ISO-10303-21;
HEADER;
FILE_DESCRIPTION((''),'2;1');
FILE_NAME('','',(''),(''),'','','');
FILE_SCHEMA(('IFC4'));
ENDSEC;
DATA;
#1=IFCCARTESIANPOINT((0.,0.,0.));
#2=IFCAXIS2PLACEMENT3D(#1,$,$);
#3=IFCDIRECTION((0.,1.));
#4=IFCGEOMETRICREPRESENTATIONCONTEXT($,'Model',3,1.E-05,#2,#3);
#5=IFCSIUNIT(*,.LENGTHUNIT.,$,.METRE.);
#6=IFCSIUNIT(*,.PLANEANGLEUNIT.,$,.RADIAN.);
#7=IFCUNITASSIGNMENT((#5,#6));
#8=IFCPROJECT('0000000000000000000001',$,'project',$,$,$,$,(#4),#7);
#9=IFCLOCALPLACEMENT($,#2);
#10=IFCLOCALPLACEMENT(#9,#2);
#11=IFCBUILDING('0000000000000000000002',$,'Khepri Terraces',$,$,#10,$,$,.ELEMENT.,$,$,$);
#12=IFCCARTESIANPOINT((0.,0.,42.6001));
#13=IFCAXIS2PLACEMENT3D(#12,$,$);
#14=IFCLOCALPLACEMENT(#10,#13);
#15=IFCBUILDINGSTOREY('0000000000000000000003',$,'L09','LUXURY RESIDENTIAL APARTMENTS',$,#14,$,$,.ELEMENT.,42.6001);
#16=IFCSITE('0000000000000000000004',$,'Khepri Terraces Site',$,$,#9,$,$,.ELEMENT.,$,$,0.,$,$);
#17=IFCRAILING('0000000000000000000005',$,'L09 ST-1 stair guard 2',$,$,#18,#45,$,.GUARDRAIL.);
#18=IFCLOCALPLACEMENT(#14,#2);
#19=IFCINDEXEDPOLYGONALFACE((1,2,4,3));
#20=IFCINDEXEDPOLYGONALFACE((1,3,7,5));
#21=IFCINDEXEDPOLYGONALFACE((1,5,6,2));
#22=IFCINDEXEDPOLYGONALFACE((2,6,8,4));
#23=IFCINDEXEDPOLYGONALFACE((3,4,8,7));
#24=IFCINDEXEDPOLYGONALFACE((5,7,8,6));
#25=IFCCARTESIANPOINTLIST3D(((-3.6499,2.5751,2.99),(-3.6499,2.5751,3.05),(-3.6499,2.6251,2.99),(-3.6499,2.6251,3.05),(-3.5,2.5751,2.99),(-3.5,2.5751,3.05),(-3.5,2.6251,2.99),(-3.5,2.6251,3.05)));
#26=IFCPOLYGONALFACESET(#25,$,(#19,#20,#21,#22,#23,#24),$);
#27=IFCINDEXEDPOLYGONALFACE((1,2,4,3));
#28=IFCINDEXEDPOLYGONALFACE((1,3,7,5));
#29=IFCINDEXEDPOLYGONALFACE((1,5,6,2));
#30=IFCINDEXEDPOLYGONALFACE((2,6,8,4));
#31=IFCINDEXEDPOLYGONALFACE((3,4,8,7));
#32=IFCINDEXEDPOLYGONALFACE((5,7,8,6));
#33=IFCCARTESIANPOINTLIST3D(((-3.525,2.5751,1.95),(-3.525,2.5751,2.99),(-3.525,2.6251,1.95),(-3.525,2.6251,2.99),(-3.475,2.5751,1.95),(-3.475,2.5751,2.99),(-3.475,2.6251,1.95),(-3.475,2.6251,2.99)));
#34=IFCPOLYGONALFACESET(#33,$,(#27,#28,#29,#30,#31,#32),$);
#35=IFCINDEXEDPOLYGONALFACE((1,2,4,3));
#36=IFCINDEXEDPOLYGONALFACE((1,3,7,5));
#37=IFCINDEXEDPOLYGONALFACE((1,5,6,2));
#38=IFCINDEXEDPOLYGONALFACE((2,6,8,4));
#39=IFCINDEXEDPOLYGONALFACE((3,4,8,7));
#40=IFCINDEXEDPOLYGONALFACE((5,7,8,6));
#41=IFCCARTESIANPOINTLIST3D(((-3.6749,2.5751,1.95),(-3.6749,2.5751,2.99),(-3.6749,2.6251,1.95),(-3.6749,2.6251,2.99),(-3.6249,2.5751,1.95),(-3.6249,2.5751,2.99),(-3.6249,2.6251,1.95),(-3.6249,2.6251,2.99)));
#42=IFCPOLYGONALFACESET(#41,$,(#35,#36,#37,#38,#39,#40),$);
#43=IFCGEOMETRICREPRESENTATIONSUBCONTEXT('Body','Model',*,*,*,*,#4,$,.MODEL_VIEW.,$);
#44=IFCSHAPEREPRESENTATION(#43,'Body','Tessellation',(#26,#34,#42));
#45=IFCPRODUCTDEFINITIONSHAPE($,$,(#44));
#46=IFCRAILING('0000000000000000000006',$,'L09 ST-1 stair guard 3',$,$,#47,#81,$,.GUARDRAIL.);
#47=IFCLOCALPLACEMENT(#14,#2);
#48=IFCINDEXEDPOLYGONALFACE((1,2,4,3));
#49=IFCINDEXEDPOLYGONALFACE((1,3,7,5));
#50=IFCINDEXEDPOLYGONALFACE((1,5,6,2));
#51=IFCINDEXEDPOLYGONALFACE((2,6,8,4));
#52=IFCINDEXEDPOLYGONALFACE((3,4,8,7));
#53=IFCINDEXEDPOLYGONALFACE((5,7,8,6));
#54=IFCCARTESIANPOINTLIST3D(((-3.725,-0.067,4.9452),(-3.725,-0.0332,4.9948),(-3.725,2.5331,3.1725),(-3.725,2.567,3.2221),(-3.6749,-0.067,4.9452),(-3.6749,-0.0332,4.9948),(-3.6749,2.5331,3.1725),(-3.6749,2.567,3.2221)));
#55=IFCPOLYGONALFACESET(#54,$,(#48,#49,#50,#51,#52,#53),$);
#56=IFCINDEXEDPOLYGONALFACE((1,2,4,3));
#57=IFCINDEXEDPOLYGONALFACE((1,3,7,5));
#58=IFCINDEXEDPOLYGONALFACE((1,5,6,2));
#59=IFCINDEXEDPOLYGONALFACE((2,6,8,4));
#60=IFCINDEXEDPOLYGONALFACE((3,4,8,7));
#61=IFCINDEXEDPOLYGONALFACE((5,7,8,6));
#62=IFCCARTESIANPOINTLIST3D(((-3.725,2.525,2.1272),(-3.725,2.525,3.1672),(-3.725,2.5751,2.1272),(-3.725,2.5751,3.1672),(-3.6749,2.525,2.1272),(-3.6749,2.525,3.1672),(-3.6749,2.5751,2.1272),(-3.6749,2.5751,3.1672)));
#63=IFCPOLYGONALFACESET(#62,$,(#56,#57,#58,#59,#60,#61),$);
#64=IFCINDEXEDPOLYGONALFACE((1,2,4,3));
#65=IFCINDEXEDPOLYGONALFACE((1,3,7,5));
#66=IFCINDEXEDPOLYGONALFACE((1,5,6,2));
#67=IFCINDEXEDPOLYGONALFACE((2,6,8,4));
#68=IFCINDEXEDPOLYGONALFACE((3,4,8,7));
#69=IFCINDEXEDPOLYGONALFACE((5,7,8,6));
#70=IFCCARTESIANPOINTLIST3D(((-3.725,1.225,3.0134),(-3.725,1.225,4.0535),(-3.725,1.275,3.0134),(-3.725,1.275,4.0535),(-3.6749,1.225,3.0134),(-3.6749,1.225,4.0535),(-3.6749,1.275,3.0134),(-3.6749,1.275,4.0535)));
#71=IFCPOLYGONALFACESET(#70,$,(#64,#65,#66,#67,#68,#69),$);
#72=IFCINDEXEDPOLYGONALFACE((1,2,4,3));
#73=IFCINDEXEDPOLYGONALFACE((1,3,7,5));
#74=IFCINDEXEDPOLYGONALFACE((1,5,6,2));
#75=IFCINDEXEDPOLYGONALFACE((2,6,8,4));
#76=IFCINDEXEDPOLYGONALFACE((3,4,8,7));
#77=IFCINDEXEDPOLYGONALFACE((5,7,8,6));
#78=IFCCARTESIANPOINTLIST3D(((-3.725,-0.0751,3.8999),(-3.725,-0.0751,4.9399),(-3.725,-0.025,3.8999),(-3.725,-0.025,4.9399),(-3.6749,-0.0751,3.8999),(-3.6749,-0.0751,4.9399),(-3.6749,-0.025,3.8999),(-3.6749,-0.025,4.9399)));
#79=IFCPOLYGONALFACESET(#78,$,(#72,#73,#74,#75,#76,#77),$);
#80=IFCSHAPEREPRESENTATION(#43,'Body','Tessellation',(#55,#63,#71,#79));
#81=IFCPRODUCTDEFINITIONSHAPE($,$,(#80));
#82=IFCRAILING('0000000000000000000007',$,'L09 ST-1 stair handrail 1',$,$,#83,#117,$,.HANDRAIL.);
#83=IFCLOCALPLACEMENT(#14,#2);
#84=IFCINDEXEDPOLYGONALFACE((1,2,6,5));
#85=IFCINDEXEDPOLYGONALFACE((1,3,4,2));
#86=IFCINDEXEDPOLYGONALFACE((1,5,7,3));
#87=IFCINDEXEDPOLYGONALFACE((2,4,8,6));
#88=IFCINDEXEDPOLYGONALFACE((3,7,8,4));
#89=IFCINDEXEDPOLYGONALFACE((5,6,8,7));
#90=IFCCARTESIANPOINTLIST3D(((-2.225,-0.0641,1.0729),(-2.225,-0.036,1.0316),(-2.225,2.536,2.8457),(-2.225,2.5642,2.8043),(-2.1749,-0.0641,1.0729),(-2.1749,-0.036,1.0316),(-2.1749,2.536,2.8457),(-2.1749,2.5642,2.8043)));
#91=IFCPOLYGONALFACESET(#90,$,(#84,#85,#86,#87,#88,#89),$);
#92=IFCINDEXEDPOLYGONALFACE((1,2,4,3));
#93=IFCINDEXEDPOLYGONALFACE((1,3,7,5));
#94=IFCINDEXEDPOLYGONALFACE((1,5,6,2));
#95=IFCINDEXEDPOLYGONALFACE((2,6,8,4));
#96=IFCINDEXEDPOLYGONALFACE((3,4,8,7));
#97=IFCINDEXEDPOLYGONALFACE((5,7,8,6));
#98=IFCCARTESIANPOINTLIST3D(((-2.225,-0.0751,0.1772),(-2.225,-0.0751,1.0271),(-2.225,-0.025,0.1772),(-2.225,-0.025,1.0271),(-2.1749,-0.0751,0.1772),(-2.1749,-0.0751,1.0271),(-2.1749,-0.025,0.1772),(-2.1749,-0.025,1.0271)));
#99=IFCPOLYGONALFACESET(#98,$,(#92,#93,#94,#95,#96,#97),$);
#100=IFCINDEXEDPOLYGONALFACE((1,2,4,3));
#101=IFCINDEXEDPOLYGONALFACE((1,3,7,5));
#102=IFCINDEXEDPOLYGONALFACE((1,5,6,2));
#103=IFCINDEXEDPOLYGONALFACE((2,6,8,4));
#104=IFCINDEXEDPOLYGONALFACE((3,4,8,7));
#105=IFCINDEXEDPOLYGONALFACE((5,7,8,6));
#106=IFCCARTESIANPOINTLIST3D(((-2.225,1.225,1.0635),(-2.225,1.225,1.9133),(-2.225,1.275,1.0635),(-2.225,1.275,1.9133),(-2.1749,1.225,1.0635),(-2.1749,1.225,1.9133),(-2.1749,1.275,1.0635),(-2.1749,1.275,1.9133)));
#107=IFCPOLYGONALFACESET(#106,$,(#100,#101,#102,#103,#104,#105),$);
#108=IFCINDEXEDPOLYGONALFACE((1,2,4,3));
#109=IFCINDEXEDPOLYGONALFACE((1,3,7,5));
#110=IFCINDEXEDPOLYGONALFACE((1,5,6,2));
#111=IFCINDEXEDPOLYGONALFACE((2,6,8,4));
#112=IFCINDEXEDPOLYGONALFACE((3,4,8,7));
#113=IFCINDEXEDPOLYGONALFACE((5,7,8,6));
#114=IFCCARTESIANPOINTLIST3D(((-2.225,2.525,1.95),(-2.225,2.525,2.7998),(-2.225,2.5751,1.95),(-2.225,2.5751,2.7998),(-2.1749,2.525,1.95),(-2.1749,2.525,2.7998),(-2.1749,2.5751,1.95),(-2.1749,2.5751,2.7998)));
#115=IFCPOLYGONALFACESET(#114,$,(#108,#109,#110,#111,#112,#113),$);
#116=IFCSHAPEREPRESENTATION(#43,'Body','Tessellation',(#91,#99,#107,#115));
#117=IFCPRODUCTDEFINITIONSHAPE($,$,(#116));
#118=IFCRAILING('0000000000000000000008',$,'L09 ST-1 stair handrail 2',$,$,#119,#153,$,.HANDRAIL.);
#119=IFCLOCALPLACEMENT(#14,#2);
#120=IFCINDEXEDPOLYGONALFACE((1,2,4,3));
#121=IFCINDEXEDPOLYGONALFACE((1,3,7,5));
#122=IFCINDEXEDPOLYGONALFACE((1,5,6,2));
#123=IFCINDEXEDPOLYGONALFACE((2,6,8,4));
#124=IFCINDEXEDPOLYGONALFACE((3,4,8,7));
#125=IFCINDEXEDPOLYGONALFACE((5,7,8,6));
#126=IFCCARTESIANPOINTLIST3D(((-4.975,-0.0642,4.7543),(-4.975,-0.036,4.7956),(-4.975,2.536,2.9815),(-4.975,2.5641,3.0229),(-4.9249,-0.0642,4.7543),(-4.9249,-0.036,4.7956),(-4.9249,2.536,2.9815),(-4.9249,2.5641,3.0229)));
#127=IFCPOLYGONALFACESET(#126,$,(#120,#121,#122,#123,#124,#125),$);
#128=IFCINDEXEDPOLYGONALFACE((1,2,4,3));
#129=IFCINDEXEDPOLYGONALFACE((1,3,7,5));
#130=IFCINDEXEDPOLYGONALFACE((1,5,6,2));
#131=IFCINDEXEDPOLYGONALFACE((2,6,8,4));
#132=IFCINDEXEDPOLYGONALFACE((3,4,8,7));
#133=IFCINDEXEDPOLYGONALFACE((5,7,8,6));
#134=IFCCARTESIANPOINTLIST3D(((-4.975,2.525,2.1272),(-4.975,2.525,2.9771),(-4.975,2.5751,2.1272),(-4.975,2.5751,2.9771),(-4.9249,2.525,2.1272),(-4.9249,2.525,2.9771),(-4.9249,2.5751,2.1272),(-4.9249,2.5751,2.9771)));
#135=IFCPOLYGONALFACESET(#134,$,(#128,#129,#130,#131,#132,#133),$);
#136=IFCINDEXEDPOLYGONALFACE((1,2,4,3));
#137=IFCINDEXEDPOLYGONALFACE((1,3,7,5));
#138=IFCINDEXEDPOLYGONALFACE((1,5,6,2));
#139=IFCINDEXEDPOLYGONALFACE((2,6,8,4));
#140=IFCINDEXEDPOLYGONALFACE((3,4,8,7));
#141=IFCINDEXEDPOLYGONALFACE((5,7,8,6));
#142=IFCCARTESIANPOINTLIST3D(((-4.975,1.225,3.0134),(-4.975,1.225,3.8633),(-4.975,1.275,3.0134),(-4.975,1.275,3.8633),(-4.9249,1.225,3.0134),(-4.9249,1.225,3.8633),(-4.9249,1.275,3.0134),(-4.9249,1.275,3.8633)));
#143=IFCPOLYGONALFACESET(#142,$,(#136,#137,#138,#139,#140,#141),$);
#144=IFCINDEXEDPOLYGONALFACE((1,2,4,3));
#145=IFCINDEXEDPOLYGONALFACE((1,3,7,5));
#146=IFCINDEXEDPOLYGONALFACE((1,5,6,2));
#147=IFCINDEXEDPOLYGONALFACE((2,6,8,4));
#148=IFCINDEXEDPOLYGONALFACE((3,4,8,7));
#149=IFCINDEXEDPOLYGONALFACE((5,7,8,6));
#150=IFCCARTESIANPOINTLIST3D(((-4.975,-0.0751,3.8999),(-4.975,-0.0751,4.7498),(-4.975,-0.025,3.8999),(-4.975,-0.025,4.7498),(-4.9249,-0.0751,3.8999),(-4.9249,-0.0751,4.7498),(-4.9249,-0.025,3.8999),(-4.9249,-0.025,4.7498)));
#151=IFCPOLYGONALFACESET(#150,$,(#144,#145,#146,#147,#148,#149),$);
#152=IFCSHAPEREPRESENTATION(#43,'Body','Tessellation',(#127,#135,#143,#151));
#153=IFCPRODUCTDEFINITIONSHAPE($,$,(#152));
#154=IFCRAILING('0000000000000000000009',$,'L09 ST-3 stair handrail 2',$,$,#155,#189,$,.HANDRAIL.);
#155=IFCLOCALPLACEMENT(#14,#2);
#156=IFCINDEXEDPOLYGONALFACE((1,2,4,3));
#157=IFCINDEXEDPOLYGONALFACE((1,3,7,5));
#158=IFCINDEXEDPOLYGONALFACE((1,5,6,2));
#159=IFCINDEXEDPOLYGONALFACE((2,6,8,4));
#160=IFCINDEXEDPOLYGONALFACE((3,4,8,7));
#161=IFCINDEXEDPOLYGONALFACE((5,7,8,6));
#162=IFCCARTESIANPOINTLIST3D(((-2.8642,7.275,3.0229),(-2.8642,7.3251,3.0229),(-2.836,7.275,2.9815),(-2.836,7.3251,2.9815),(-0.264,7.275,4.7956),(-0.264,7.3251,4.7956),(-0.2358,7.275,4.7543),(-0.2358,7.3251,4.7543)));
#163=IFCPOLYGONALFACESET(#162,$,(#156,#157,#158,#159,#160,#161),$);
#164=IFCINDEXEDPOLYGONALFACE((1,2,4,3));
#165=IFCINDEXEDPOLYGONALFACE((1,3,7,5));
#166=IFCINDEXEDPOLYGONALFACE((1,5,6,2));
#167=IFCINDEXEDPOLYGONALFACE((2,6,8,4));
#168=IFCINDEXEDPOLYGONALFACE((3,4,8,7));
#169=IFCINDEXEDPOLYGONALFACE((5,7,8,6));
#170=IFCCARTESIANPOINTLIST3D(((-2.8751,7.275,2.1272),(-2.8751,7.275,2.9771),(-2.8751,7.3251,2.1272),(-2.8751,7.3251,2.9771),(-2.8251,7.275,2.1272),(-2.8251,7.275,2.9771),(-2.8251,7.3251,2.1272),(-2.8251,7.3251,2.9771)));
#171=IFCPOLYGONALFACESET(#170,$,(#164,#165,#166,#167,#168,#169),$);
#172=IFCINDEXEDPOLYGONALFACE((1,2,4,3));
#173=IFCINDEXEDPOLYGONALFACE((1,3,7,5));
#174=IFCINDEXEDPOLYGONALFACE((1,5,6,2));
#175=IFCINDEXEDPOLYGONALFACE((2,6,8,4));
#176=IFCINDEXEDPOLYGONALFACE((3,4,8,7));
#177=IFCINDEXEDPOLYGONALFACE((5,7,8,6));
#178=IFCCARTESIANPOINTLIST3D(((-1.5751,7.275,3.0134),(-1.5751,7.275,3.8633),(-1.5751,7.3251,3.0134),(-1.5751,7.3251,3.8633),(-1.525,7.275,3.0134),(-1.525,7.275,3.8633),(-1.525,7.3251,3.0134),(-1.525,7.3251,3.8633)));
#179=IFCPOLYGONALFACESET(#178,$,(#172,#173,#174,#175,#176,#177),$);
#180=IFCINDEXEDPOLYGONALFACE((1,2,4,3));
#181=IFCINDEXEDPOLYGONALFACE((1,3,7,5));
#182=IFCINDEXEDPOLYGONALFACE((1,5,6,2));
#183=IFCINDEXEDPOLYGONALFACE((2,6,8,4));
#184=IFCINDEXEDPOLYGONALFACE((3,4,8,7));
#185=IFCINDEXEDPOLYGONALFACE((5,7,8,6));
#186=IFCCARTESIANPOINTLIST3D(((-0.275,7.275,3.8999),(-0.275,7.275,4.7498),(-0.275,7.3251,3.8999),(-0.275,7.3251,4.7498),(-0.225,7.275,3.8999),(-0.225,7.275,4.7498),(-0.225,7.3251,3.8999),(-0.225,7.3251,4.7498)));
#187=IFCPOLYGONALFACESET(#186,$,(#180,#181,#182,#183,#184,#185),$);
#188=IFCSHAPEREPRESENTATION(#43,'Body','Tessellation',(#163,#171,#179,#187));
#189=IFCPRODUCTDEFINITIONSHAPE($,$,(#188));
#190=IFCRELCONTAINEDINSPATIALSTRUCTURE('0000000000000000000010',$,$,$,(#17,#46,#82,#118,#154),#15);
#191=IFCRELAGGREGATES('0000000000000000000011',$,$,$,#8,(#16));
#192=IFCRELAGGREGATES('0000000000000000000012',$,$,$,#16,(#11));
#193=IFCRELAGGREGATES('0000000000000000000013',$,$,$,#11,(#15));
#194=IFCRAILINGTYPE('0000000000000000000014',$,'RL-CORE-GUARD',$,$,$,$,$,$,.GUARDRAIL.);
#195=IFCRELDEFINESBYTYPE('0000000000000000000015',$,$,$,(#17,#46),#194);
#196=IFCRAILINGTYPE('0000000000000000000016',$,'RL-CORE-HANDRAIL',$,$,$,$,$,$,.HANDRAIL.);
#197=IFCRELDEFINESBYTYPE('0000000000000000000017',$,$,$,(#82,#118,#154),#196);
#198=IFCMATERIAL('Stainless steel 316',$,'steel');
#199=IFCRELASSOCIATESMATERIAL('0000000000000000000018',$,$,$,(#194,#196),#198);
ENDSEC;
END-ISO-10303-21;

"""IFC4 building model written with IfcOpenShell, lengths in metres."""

from ifc_helpers import new_model, si_unit, direction, frame, origin, origin_2d, place, context, subcontext, project, spatial, rectangle, extrude, material, type_object, element, save


model = new_model("IFC4")

# Units and contexts
model_context = context("Model", 3, precision=1e-05, world=origin(), true_north=direction((0.0, 1.0)))
body_context = subcontext(model_context, "Body", "Model", "MODEL_VIEW")
ifc_project = project(units=[si_unit("LENGTHUNIT", "METRE"), si_unit("PLANEANGLEUNIT", "RADIAN")], contexts=[model_context])

# Site, building, storey
site_placement = place(None, origin())
site = spatial("IfcSite", under=ifc_project, at=site_placement, Name="Khepri Terraces Site", CompositionType="ELEMENT", RefElevation=0.0)
building_placement = place(site_placement, origin())
building = spatial("IfcBuilding", under=site, at=building_placement, Name="Khepri Terraces", CompositionType="ELEMENT")
storey_placement = place(building_placement, frame((0.0, 0.0, 42.6001)))
storey = spatial("IfcBuildingStorey", under=building, at=storey_placement, Name="L09", Description="LUXURY RESIDENTIAL APARTMENTS", CompositionType="ELEMENT", Elevation=42.6001)

# Railings
ifc_material_1 = material(Name="Stainless steel 316", Category="steel")
railing_type_1 = type_object("IfcRailingType", Name="RL-CORE-GUARD", PredefinedType="GUARDRAIL", material=ifc_material_1)
railing_1_placement = place(storey_placement, frame((-3.5, 2.6001, 1.95)))
element("IfcRailing", 1, at=railing_1_placement, inside=storey, type_object=railing_type_1, Name="L09 ST-1 stair guard 2", PredefinedType="GUARDRAIL", context=body_context, shape_type="SweptSolid", body=[
    extrude(rectangle(XDim=0.05, YDim=0.0601, at=origin_2d()), frame((0.0, 0.0, 1.0701), z_axis=(-1.0, 0.0, 0.0), x_axis=(0.0, -1.0, 0.0)), (0.0, 0.0, 1.0), 0.1499),
    extrude(rectangle(XDim=0.05, YDim=0.05, at=origin_2d()), origin(), (0.0, 0.0, 1.0), 1.04),
    extrude(rectangle(XDim=0.05, YDim=0.05, at=origin_2d()), frame((-0.1499, 0.0, 0.0)), (0.0, 0.0, 1.0), 1.04),
])
railing_2_placement = place(storey_placement, frame((-3.7, 2.55, 2.1272)))
element("IfcRailing", 2, at=railing_2_placement, inside=storey, type_object=railing_type_1, Name="L09 ST-1 stair guard 3", PredefinedType="GUARDRAIL", context=body_context, shape_type="SweptSolid", body=[
    extrude(rectangle(XDim=0.05, YDim=0.0601, at=origin_2d()), frame((0.0, 0.0, 1.0701), z_axis=(0.0, -0.82624, 0.563318), x_axis=(1.0, 0.0, 0.0)), (0.0, 0.0, 1.0), 3.147),
    extrude(rectangle(XDim=0.05, YDim=0.05, at=origin_2d()), origin(), (0.0, 0.0, 1.0), 1.04),
    extrude(rectangle(XDim=0.05, YDim=0.05, at=origin_2d()), frame((0.0, -1.3, 0.8862)), (0.0, 0.0, 1.0), 1.04),
    extrude(rectangle(XDim=0.05, YDim=0.05, at=origin_2d()), frame((0.0, -2.6001, 1.7727)), (0.0, 0.0, 1.0), 1.04),
])
railing_type_2 = type_object("IfcRailingType", Name="RL-CORE-HANDRAIL", PredefinedType="HANDRAIL", material=ifc_material_1)
railing_3_placement = place(storey_placement, frame((-2.2, -0.05, 0.1772)))
element("IfcRailing", 3, at=railing_3_placement, inside=storey, type_object=railing_type_2, Name="L09 ST-1 stair handrail 1", PredefinedType="HANDRAIL", context=body_context, shape_type="SweptSolid", body=[
    extrude(rectangle(XDim=0.05, YDim=0.05, at=origin_2d()), frame((0.0, 0.0, 0.875), z_axis=(0.0, 0.82624, 0.563318), x_axis=(-1.0, 0.0, 0.0)), (0.0, 0.0, 1.0), 3.147),
    extrude(rectangle(XDim=0.05, YDim=0.05, at=origin_2d()), origin(), (0.0, 0.0, 1.0), 0.8499),
    extrude(rectangle(XDim=0.05, YDim=0.05, at=origin_2d()), frame((0.0, 1.3, 0.8862)), (0.0, 0.0, 1.0), 0.8499),
    extrude(rectangle(XDim=0.05, YDim=0.05, at=origin_2d()), frame((0.0, 2.6001, 1.7727)), (0.0, 0.0, 1.0), 0.8499),
])
railing_4_placement = place(storey_placement, frame((-4.95, 2.55, 2.1272)))
element("IfcRailing", 4, at=railing_4_placement, inside=storey, type_object=railing_type_2, Name="L09 ST-1 stair handrail 2", PredefinedType="HANDRAIL", context=body_context, shape_type="SweptSolid", body=[
    extrude(rectangle(XDim=0.05, YDim=0.05, at=origin_2d()), frame((0.0, 0.0, 0.875), z_axis=(0.0, -0.82624, 0.563318), x_axis=(1.0, 0.0, 0.0)), (0.0, 0.0, 1.0), 3.147),
    extrude(rectangle(XDim=0.05, YDim=0.05, at=origin_2d()), origin(), (0.0, 0.0, 1.0), 0.8499),
    extrude(rectangle(XDim=0.05, YDim=0.05, at=origin_2d()), frame((0.0, -1.3, 0.8862)), (0.0, 0.0, 1.0), 0.8499),
    extrude(rectangle(XDim=0.05, YDim=0.05, at=origin_2d()), frame((0.0, -2.6001, 1.7727)), (0.0, 0.0, 1.0), 0.8499),
])
railing_5_placement = place(storey_placement, frame((-2.8501, 7.3, 2.1272)))
element("IfcRailing", 5, at=railing_5_placement, inside=storey, type_object=railing_type_2, Name="L09 ST-3 stair handrail 2", PredefinedType="HANDRAIL", context=body_context, shape_type="SweptSolid", body=[
    extrude(rectangle(XDim=0.05, YDim=0.05, at=origin_2d()), frame((0.0, 0.0, 0.875), z_axis=(0.82624, 0.0, 0.563318), x_axis=(0.0, 1.0, 0.0)), (0.0, 0.0, 1.0), 3.147),
    extrude(rectangle(XDim=0.05, YDim=0.05, at=origin_2d()), origin(), (0.0, 0.0, 1.0), 0.8499),
    extrude(rectangle(XDim=0.05, YDim=0.05, at=origin_2d()), frame((1.3, 0.0, 0.8862)), (0.0, 0.0, 1.0), 0.8499),
    extrude(rectangle(XDim=0.05, YDim=0.05, at=origin_2d()), frame((2.6001, 0.0, 1.7727)), (0.0, 0.0, 1.0), 0.8499),
])

save(model, "model.ifc")
